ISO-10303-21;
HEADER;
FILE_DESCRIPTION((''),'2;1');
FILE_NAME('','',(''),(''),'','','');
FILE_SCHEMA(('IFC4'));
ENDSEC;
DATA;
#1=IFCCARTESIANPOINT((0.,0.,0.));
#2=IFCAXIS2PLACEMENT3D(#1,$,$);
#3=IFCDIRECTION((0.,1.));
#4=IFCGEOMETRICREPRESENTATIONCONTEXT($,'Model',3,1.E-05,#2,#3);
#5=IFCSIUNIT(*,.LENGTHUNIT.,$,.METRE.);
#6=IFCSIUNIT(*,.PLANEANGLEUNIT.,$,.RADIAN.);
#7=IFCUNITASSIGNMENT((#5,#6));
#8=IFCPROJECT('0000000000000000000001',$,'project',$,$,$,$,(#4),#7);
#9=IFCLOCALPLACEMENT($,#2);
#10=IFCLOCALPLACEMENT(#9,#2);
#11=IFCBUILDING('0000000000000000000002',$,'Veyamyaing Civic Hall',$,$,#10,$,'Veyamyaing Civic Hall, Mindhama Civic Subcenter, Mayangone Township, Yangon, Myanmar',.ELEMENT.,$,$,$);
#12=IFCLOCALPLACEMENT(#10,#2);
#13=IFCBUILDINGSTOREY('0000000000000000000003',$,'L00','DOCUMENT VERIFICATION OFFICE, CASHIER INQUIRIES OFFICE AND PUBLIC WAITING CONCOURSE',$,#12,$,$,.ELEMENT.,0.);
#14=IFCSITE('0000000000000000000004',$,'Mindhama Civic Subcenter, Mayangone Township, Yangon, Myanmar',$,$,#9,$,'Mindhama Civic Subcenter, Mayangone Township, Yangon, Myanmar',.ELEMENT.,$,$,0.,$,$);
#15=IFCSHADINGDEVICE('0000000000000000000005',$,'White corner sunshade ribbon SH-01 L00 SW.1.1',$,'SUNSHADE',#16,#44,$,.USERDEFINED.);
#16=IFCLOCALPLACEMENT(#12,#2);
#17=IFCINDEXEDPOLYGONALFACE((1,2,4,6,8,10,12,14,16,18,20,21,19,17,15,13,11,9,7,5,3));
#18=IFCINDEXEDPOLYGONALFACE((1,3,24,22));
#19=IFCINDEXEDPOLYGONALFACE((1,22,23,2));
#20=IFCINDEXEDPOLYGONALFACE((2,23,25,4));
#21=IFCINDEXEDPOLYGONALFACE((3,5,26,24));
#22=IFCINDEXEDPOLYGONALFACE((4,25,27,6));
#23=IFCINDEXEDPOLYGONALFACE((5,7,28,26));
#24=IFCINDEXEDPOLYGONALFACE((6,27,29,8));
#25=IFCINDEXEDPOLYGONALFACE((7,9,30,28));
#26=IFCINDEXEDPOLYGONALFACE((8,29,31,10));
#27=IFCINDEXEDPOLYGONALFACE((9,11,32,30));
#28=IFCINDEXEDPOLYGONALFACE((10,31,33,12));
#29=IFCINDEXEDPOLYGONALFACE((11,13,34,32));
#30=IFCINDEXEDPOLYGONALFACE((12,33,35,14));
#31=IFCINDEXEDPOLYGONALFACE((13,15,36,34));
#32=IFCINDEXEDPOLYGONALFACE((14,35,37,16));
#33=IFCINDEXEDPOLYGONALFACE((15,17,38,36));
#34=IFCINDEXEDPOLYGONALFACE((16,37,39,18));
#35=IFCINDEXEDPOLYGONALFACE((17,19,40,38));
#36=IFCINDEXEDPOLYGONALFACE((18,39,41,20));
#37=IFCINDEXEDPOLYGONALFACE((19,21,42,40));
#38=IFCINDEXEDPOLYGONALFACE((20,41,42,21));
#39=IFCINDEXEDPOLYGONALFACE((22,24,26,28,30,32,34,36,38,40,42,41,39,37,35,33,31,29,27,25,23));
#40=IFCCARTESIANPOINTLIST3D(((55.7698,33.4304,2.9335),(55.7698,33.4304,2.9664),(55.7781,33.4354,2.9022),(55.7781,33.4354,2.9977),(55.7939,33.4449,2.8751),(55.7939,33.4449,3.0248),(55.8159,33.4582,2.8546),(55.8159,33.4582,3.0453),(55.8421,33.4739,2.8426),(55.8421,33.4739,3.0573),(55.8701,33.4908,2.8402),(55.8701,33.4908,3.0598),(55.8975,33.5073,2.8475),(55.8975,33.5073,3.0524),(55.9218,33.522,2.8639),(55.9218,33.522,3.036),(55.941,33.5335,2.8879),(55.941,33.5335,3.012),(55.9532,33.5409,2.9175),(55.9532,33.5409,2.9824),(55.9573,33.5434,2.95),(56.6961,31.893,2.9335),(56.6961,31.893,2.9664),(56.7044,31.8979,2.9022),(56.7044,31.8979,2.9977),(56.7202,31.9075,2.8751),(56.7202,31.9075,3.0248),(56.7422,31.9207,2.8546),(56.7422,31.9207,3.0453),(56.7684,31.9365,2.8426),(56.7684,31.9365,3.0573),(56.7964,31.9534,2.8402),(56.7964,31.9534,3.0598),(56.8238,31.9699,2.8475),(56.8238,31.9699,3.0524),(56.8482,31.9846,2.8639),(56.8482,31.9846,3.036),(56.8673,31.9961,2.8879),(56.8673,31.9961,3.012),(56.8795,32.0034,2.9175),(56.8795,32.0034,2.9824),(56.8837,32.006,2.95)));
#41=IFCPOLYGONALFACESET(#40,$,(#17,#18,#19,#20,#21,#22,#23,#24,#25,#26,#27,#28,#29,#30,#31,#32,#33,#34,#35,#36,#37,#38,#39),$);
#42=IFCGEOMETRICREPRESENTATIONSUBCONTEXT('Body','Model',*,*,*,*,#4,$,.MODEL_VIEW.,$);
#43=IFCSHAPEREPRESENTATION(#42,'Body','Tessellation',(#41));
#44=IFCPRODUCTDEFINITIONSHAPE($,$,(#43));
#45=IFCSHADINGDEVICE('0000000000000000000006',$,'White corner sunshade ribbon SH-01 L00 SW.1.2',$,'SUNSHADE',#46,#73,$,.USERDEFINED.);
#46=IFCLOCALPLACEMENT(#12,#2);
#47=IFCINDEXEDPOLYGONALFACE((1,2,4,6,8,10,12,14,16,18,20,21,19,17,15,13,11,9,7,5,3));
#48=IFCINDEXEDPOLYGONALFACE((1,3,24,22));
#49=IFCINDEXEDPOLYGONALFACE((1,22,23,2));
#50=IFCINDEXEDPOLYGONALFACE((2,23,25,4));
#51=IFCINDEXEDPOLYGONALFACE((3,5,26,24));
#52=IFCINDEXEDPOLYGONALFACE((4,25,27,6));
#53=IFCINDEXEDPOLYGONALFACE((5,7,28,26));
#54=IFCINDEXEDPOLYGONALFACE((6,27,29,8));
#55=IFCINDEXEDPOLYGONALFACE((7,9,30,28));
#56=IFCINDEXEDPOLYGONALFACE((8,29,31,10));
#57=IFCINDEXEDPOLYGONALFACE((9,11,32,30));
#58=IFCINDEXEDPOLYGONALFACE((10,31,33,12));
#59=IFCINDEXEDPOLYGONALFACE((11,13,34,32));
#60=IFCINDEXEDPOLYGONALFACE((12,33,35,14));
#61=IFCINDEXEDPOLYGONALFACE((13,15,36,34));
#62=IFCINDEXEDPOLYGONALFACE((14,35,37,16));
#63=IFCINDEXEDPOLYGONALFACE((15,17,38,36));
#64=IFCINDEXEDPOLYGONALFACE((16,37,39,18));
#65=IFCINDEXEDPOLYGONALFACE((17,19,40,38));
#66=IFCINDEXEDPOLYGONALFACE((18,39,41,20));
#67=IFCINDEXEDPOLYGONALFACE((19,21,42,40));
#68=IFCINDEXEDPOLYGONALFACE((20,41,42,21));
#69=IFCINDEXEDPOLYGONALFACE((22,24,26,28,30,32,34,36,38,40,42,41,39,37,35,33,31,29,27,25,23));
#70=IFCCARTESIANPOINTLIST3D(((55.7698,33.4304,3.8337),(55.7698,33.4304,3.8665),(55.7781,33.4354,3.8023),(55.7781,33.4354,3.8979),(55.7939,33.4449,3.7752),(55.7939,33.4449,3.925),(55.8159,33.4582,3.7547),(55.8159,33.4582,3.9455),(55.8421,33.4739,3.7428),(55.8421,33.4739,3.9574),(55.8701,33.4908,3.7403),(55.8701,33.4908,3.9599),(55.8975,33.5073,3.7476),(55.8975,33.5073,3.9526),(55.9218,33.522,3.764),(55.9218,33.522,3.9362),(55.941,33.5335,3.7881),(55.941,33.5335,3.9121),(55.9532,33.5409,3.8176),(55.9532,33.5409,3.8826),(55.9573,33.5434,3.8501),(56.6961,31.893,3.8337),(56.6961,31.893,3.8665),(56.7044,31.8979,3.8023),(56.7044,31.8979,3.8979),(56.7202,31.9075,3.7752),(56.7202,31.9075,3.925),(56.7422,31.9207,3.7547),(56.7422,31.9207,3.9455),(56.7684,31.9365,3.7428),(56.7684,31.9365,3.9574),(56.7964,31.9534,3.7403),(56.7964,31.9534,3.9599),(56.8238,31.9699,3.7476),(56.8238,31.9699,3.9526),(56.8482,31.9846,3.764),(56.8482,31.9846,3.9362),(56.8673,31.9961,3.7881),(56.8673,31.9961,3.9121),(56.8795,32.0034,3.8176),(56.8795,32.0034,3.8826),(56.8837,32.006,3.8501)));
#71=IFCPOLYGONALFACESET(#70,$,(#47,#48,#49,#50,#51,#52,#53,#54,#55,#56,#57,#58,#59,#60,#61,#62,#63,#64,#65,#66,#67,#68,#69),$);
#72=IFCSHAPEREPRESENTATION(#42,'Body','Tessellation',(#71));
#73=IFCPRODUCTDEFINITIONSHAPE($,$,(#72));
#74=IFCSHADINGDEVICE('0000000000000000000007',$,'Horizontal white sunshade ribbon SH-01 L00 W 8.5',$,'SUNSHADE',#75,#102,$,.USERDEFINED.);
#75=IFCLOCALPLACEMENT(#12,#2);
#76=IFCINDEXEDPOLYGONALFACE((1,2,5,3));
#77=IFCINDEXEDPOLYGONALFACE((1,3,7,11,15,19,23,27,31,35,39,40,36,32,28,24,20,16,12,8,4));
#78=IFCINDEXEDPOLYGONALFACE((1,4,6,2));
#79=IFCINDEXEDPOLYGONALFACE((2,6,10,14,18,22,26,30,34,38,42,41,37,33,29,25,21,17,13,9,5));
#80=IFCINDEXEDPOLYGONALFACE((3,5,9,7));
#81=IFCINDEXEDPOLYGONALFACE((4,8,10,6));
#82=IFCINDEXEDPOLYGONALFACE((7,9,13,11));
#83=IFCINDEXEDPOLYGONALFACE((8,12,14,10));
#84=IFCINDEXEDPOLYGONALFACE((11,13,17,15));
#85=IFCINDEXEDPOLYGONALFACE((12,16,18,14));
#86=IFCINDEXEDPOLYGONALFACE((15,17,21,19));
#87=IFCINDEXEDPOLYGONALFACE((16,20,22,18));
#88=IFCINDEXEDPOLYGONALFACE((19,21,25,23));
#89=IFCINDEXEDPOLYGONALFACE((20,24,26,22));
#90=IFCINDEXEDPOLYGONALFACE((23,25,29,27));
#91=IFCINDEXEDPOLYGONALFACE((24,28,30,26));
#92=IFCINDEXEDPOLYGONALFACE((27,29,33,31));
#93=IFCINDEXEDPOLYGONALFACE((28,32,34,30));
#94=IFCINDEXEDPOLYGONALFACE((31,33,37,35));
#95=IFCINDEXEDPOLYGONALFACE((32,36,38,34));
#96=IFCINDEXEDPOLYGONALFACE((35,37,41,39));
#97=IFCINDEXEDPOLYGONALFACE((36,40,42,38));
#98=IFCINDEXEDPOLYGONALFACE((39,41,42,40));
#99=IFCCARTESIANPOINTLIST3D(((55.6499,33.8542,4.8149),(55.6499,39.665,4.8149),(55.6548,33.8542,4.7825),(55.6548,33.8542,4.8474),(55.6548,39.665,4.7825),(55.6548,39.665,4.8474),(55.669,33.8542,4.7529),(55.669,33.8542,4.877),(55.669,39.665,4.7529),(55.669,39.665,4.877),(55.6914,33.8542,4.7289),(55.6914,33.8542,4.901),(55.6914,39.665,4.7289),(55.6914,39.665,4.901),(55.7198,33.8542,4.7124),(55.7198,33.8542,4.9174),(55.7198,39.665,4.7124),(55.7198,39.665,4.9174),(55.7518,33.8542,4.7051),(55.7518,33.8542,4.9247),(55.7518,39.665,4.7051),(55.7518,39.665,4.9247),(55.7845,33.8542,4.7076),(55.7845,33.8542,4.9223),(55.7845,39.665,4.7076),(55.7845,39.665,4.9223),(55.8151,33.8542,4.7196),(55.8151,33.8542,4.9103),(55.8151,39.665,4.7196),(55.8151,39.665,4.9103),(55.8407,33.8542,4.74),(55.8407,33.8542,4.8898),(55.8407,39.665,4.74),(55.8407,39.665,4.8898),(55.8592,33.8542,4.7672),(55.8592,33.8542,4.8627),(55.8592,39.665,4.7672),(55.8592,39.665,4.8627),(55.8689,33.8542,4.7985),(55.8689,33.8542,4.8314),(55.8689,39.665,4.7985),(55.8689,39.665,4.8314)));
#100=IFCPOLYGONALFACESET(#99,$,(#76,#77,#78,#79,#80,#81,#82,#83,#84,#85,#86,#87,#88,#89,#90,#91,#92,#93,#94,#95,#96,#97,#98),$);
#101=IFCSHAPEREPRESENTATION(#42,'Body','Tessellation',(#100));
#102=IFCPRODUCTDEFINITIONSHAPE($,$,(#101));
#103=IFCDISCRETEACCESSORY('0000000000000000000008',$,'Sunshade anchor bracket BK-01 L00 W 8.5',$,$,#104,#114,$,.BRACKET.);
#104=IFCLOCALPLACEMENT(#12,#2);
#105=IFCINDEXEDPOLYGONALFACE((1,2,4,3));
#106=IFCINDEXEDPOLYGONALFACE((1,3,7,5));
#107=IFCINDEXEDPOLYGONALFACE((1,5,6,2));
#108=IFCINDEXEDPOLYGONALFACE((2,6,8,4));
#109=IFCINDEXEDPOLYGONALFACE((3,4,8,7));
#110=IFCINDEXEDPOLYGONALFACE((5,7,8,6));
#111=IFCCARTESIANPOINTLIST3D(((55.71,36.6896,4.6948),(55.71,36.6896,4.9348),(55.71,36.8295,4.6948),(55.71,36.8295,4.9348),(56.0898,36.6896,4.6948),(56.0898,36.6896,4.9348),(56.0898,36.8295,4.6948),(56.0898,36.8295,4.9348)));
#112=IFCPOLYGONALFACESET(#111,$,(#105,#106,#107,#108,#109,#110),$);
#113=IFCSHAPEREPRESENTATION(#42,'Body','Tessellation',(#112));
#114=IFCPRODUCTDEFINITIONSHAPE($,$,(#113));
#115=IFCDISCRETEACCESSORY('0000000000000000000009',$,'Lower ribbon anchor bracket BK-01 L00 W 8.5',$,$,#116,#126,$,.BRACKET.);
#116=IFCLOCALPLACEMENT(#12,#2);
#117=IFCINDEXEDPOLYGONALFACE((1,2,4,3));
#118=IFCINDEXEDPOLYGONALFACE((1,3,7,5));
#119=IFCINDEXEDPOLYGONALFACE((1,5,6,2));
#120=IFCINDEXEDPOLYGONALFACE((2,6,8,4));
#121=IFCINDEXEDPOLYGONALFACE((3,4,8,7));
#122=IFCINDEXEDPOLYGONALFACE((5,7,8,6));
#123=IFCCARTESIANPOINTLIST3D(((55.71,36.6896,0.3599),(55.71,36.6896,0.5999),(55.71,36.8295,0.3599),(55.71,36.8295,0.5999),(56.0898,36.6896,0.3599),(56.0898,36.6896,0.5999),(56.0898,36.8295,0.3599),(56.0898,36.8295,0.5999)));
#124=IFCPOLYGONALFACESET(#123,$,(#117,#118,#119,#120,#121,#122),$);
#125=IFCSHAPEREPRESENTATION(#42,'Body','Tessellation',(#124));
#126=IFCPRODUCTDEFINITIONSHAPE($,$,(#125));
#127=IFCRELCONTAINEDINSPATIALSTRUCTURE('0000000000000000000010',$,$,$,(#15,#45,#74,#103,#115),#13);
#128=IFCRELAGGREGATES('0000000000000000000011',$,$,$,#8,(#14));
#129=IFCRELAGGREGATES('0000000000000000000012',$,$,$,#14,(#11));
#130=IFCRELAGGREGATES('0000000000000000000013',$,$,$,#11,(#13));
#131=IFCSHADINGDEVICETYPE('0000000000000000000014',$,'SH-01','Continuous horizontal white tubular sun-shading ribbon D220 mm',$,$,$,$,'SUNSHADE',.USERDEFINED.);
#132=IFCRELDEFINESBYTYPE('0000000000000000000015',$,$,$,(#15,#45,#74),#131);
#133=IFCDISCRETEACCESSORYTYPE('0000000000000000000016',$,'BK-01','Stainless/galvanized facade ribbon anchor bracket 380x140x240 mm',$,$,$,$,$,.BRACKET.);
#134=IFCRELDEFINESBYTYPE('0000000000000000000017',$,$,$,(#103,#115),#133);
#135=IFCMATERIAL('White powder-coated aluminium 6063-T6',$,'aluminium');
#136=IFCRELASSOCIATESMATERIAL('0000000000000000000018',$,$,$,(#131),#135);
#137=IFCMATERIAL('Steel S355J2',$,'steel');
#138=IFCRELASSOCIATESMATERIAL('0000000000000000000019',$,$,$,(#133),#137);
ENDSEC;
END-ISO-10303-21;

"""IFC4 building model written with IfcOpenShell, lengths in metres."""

from ifc_helpers import new_model, si_unit, direction, frame, origin, origin_2d, place, context, subcontext, project, spatial, rectangle, circle, extrude, material, material_profile, profile_set, type_object, element, save


model = new_model("IFC4")

# Units and contexts
model_context = context("Model", 3, precision=1e-05, world=origin(), true_north=direction((0.0, 1.0)))
body_context = subcontext(model_context, "Body", "Model", "MODEL_VIEW")
ifc_project = project(units=[si_unit("LENGTHUNIT", "METRE"), si_unit("PLANEANGLEUNIT", "RADIAN")], contexts=[model_context])

# Site, building, storey
site_placement = place(None, origin())
site = spatial("IfcSite", under=ifc_project, at=site_placement, Name="Mindhama Civic Subcenter, Mayangone Township, Yangon, Myanmar", LongName="Mindhama Civic Subcenter, Mayangone Township, Yangon, Myanmar", CompositionType="ELEMENT", RefElevation=0.0)
building_placement = place(site_placement, origin())
building = spatial("IfcBuilding", under=site, at=building_placement, Name="Veyamyaing Civic Hall", LongName="Veyamyaing Civic Hall, Mindhama Civic Subcenter, Mayangone Township, Yangon, Myanmar", CompositionType="ELEMENT")
storey_placement = place(building_placement, origin())
storey = spatial("IfcBuildingStorey", under=building, at=storey_placement, Name="L00", Description="DOCUMENT VERIFICATION OFFICE, CASHIER INQUIRIES OFFICE AND PUBLIC WAITING CONCOURSE", CompositionType="ELEMENT", Elevation=0.0)

# Shared definitions
ifc_material_1 = material(Name="White powder-coated aluminium 6063-T6", Category="aluminium")

# Shading devices
ifc_material_profile_1 = material_profile(ifc_material_1, circle(Radius=0.1101, at=origin_2d()), Name="SHADE-TUBE-220")
ifc_profile_set_1 = profile_set([ifc_material_profile_1], Name="White powder-coated aluminium 6063-T6")
shading_device_type = type_object("IfcShadingDeviceType", Name="SH-01", Description="Continuous horizontal white tubular sun-shading ribbon D220 mm", ElementType="SUNSHADE", PredefinedType="USERDEFINED", material=ifc_profile_set_1)
for number, where, z_axis, x_axis, name in (
    (1, (55.863, 33.4866, 2.95), (0.516075, -0.856543, 0.0), (0.856543, 0.516075, 0.0), "White corner sunshade ribbon SH-01 L00 SW.1.1"),
    (2, (55.863, 33.4866, 3.8501), (0.516075, -0.856543, 0.0), (0.856543, 0.516075, 0.0), "White corner sunshade ribbon SH-01 L00 SW.1.2"),
):
    element("IfcShadingDevice", number, at=place(storey_placement, frame(where, z_axis=z_axis, x_axis=x_axis)), inside=storey, type_object=shading_device_type, Name=name, ObjectType="SUNSHADE", PredefinedType="USERDEFINED", context=body_context, shape_type="SweptSolid", body=[
        extrude(circle(Radius=0.1101, at=origin_2d()), origin(), (0.0, 0.0, 1.0), 1.7949),
    ])
shading_device_placement = place(storey_placement, frame((55.76, 33.8542, 4.8149), z_axis=(0.0, 1.0, 0.0), x_axis=(-1.0, 0.0, 0.0)))
element("IfcShadingDevice", 3, at=shading_device_placement, inside=storey, type_object=shading_device_type, Name="Horizontal white sunshade ribbon SH-01 L00 W 8.5", ObjectType="SUNSHADE", PredefinedType="USERDEFINED", context=body_context, shape_type="SweptSolid", body=[
    extrude(circle(Radius=0.1101, at=origin_2d()), origin(), (0.0, 0.0, 1.0), 5.8108),
])

# Discrete accessories
ifc_material_2 = material(Name="Steel S355J2", Category="steel")
discrete_accessory_type = type_object("IfcDiscreteAccessoryType", Name="BK-01", Description="Stainless/galvanized facade ribbon anchor bracket 380x140x240 mm", PredefinedType="BRACKET", material=ifc_material_2)
for number, where, z_axis, x_axis, name in (
    (4, (55.8999, 36.7595, 4.6948), (0.0, 0.0, 1.0), (-1.0, 0.0, 0.0), "Sunshade anchor bracket BK-01 L00 W 8.5"),
    (5, (55.8999, 36.7595, 0.3599), (0.0, 0.0, 1.0), (-1.0, 0.0, 0.0), "Lower ribbon anchor bracket BK-01 L00 W 8.5"),
):
    element("IfcDiscreteAccessory", number, at=place(storey_placement, frame(where, z_axis=z_axis, x_axis=x_axis)), inside=storey, type_object=discrete_accessory_type, Name=name, PredefinedType="BRACKET", context=body_context, shape_type="SweptSolid", body=[
        extrude(rectangle(XDim=0.3799, YDim=0.1399, at=origin_2d()), origin(), (0.0, 0.0, 1.0), 0.24),
    ])

save(model, "model.ifc")
